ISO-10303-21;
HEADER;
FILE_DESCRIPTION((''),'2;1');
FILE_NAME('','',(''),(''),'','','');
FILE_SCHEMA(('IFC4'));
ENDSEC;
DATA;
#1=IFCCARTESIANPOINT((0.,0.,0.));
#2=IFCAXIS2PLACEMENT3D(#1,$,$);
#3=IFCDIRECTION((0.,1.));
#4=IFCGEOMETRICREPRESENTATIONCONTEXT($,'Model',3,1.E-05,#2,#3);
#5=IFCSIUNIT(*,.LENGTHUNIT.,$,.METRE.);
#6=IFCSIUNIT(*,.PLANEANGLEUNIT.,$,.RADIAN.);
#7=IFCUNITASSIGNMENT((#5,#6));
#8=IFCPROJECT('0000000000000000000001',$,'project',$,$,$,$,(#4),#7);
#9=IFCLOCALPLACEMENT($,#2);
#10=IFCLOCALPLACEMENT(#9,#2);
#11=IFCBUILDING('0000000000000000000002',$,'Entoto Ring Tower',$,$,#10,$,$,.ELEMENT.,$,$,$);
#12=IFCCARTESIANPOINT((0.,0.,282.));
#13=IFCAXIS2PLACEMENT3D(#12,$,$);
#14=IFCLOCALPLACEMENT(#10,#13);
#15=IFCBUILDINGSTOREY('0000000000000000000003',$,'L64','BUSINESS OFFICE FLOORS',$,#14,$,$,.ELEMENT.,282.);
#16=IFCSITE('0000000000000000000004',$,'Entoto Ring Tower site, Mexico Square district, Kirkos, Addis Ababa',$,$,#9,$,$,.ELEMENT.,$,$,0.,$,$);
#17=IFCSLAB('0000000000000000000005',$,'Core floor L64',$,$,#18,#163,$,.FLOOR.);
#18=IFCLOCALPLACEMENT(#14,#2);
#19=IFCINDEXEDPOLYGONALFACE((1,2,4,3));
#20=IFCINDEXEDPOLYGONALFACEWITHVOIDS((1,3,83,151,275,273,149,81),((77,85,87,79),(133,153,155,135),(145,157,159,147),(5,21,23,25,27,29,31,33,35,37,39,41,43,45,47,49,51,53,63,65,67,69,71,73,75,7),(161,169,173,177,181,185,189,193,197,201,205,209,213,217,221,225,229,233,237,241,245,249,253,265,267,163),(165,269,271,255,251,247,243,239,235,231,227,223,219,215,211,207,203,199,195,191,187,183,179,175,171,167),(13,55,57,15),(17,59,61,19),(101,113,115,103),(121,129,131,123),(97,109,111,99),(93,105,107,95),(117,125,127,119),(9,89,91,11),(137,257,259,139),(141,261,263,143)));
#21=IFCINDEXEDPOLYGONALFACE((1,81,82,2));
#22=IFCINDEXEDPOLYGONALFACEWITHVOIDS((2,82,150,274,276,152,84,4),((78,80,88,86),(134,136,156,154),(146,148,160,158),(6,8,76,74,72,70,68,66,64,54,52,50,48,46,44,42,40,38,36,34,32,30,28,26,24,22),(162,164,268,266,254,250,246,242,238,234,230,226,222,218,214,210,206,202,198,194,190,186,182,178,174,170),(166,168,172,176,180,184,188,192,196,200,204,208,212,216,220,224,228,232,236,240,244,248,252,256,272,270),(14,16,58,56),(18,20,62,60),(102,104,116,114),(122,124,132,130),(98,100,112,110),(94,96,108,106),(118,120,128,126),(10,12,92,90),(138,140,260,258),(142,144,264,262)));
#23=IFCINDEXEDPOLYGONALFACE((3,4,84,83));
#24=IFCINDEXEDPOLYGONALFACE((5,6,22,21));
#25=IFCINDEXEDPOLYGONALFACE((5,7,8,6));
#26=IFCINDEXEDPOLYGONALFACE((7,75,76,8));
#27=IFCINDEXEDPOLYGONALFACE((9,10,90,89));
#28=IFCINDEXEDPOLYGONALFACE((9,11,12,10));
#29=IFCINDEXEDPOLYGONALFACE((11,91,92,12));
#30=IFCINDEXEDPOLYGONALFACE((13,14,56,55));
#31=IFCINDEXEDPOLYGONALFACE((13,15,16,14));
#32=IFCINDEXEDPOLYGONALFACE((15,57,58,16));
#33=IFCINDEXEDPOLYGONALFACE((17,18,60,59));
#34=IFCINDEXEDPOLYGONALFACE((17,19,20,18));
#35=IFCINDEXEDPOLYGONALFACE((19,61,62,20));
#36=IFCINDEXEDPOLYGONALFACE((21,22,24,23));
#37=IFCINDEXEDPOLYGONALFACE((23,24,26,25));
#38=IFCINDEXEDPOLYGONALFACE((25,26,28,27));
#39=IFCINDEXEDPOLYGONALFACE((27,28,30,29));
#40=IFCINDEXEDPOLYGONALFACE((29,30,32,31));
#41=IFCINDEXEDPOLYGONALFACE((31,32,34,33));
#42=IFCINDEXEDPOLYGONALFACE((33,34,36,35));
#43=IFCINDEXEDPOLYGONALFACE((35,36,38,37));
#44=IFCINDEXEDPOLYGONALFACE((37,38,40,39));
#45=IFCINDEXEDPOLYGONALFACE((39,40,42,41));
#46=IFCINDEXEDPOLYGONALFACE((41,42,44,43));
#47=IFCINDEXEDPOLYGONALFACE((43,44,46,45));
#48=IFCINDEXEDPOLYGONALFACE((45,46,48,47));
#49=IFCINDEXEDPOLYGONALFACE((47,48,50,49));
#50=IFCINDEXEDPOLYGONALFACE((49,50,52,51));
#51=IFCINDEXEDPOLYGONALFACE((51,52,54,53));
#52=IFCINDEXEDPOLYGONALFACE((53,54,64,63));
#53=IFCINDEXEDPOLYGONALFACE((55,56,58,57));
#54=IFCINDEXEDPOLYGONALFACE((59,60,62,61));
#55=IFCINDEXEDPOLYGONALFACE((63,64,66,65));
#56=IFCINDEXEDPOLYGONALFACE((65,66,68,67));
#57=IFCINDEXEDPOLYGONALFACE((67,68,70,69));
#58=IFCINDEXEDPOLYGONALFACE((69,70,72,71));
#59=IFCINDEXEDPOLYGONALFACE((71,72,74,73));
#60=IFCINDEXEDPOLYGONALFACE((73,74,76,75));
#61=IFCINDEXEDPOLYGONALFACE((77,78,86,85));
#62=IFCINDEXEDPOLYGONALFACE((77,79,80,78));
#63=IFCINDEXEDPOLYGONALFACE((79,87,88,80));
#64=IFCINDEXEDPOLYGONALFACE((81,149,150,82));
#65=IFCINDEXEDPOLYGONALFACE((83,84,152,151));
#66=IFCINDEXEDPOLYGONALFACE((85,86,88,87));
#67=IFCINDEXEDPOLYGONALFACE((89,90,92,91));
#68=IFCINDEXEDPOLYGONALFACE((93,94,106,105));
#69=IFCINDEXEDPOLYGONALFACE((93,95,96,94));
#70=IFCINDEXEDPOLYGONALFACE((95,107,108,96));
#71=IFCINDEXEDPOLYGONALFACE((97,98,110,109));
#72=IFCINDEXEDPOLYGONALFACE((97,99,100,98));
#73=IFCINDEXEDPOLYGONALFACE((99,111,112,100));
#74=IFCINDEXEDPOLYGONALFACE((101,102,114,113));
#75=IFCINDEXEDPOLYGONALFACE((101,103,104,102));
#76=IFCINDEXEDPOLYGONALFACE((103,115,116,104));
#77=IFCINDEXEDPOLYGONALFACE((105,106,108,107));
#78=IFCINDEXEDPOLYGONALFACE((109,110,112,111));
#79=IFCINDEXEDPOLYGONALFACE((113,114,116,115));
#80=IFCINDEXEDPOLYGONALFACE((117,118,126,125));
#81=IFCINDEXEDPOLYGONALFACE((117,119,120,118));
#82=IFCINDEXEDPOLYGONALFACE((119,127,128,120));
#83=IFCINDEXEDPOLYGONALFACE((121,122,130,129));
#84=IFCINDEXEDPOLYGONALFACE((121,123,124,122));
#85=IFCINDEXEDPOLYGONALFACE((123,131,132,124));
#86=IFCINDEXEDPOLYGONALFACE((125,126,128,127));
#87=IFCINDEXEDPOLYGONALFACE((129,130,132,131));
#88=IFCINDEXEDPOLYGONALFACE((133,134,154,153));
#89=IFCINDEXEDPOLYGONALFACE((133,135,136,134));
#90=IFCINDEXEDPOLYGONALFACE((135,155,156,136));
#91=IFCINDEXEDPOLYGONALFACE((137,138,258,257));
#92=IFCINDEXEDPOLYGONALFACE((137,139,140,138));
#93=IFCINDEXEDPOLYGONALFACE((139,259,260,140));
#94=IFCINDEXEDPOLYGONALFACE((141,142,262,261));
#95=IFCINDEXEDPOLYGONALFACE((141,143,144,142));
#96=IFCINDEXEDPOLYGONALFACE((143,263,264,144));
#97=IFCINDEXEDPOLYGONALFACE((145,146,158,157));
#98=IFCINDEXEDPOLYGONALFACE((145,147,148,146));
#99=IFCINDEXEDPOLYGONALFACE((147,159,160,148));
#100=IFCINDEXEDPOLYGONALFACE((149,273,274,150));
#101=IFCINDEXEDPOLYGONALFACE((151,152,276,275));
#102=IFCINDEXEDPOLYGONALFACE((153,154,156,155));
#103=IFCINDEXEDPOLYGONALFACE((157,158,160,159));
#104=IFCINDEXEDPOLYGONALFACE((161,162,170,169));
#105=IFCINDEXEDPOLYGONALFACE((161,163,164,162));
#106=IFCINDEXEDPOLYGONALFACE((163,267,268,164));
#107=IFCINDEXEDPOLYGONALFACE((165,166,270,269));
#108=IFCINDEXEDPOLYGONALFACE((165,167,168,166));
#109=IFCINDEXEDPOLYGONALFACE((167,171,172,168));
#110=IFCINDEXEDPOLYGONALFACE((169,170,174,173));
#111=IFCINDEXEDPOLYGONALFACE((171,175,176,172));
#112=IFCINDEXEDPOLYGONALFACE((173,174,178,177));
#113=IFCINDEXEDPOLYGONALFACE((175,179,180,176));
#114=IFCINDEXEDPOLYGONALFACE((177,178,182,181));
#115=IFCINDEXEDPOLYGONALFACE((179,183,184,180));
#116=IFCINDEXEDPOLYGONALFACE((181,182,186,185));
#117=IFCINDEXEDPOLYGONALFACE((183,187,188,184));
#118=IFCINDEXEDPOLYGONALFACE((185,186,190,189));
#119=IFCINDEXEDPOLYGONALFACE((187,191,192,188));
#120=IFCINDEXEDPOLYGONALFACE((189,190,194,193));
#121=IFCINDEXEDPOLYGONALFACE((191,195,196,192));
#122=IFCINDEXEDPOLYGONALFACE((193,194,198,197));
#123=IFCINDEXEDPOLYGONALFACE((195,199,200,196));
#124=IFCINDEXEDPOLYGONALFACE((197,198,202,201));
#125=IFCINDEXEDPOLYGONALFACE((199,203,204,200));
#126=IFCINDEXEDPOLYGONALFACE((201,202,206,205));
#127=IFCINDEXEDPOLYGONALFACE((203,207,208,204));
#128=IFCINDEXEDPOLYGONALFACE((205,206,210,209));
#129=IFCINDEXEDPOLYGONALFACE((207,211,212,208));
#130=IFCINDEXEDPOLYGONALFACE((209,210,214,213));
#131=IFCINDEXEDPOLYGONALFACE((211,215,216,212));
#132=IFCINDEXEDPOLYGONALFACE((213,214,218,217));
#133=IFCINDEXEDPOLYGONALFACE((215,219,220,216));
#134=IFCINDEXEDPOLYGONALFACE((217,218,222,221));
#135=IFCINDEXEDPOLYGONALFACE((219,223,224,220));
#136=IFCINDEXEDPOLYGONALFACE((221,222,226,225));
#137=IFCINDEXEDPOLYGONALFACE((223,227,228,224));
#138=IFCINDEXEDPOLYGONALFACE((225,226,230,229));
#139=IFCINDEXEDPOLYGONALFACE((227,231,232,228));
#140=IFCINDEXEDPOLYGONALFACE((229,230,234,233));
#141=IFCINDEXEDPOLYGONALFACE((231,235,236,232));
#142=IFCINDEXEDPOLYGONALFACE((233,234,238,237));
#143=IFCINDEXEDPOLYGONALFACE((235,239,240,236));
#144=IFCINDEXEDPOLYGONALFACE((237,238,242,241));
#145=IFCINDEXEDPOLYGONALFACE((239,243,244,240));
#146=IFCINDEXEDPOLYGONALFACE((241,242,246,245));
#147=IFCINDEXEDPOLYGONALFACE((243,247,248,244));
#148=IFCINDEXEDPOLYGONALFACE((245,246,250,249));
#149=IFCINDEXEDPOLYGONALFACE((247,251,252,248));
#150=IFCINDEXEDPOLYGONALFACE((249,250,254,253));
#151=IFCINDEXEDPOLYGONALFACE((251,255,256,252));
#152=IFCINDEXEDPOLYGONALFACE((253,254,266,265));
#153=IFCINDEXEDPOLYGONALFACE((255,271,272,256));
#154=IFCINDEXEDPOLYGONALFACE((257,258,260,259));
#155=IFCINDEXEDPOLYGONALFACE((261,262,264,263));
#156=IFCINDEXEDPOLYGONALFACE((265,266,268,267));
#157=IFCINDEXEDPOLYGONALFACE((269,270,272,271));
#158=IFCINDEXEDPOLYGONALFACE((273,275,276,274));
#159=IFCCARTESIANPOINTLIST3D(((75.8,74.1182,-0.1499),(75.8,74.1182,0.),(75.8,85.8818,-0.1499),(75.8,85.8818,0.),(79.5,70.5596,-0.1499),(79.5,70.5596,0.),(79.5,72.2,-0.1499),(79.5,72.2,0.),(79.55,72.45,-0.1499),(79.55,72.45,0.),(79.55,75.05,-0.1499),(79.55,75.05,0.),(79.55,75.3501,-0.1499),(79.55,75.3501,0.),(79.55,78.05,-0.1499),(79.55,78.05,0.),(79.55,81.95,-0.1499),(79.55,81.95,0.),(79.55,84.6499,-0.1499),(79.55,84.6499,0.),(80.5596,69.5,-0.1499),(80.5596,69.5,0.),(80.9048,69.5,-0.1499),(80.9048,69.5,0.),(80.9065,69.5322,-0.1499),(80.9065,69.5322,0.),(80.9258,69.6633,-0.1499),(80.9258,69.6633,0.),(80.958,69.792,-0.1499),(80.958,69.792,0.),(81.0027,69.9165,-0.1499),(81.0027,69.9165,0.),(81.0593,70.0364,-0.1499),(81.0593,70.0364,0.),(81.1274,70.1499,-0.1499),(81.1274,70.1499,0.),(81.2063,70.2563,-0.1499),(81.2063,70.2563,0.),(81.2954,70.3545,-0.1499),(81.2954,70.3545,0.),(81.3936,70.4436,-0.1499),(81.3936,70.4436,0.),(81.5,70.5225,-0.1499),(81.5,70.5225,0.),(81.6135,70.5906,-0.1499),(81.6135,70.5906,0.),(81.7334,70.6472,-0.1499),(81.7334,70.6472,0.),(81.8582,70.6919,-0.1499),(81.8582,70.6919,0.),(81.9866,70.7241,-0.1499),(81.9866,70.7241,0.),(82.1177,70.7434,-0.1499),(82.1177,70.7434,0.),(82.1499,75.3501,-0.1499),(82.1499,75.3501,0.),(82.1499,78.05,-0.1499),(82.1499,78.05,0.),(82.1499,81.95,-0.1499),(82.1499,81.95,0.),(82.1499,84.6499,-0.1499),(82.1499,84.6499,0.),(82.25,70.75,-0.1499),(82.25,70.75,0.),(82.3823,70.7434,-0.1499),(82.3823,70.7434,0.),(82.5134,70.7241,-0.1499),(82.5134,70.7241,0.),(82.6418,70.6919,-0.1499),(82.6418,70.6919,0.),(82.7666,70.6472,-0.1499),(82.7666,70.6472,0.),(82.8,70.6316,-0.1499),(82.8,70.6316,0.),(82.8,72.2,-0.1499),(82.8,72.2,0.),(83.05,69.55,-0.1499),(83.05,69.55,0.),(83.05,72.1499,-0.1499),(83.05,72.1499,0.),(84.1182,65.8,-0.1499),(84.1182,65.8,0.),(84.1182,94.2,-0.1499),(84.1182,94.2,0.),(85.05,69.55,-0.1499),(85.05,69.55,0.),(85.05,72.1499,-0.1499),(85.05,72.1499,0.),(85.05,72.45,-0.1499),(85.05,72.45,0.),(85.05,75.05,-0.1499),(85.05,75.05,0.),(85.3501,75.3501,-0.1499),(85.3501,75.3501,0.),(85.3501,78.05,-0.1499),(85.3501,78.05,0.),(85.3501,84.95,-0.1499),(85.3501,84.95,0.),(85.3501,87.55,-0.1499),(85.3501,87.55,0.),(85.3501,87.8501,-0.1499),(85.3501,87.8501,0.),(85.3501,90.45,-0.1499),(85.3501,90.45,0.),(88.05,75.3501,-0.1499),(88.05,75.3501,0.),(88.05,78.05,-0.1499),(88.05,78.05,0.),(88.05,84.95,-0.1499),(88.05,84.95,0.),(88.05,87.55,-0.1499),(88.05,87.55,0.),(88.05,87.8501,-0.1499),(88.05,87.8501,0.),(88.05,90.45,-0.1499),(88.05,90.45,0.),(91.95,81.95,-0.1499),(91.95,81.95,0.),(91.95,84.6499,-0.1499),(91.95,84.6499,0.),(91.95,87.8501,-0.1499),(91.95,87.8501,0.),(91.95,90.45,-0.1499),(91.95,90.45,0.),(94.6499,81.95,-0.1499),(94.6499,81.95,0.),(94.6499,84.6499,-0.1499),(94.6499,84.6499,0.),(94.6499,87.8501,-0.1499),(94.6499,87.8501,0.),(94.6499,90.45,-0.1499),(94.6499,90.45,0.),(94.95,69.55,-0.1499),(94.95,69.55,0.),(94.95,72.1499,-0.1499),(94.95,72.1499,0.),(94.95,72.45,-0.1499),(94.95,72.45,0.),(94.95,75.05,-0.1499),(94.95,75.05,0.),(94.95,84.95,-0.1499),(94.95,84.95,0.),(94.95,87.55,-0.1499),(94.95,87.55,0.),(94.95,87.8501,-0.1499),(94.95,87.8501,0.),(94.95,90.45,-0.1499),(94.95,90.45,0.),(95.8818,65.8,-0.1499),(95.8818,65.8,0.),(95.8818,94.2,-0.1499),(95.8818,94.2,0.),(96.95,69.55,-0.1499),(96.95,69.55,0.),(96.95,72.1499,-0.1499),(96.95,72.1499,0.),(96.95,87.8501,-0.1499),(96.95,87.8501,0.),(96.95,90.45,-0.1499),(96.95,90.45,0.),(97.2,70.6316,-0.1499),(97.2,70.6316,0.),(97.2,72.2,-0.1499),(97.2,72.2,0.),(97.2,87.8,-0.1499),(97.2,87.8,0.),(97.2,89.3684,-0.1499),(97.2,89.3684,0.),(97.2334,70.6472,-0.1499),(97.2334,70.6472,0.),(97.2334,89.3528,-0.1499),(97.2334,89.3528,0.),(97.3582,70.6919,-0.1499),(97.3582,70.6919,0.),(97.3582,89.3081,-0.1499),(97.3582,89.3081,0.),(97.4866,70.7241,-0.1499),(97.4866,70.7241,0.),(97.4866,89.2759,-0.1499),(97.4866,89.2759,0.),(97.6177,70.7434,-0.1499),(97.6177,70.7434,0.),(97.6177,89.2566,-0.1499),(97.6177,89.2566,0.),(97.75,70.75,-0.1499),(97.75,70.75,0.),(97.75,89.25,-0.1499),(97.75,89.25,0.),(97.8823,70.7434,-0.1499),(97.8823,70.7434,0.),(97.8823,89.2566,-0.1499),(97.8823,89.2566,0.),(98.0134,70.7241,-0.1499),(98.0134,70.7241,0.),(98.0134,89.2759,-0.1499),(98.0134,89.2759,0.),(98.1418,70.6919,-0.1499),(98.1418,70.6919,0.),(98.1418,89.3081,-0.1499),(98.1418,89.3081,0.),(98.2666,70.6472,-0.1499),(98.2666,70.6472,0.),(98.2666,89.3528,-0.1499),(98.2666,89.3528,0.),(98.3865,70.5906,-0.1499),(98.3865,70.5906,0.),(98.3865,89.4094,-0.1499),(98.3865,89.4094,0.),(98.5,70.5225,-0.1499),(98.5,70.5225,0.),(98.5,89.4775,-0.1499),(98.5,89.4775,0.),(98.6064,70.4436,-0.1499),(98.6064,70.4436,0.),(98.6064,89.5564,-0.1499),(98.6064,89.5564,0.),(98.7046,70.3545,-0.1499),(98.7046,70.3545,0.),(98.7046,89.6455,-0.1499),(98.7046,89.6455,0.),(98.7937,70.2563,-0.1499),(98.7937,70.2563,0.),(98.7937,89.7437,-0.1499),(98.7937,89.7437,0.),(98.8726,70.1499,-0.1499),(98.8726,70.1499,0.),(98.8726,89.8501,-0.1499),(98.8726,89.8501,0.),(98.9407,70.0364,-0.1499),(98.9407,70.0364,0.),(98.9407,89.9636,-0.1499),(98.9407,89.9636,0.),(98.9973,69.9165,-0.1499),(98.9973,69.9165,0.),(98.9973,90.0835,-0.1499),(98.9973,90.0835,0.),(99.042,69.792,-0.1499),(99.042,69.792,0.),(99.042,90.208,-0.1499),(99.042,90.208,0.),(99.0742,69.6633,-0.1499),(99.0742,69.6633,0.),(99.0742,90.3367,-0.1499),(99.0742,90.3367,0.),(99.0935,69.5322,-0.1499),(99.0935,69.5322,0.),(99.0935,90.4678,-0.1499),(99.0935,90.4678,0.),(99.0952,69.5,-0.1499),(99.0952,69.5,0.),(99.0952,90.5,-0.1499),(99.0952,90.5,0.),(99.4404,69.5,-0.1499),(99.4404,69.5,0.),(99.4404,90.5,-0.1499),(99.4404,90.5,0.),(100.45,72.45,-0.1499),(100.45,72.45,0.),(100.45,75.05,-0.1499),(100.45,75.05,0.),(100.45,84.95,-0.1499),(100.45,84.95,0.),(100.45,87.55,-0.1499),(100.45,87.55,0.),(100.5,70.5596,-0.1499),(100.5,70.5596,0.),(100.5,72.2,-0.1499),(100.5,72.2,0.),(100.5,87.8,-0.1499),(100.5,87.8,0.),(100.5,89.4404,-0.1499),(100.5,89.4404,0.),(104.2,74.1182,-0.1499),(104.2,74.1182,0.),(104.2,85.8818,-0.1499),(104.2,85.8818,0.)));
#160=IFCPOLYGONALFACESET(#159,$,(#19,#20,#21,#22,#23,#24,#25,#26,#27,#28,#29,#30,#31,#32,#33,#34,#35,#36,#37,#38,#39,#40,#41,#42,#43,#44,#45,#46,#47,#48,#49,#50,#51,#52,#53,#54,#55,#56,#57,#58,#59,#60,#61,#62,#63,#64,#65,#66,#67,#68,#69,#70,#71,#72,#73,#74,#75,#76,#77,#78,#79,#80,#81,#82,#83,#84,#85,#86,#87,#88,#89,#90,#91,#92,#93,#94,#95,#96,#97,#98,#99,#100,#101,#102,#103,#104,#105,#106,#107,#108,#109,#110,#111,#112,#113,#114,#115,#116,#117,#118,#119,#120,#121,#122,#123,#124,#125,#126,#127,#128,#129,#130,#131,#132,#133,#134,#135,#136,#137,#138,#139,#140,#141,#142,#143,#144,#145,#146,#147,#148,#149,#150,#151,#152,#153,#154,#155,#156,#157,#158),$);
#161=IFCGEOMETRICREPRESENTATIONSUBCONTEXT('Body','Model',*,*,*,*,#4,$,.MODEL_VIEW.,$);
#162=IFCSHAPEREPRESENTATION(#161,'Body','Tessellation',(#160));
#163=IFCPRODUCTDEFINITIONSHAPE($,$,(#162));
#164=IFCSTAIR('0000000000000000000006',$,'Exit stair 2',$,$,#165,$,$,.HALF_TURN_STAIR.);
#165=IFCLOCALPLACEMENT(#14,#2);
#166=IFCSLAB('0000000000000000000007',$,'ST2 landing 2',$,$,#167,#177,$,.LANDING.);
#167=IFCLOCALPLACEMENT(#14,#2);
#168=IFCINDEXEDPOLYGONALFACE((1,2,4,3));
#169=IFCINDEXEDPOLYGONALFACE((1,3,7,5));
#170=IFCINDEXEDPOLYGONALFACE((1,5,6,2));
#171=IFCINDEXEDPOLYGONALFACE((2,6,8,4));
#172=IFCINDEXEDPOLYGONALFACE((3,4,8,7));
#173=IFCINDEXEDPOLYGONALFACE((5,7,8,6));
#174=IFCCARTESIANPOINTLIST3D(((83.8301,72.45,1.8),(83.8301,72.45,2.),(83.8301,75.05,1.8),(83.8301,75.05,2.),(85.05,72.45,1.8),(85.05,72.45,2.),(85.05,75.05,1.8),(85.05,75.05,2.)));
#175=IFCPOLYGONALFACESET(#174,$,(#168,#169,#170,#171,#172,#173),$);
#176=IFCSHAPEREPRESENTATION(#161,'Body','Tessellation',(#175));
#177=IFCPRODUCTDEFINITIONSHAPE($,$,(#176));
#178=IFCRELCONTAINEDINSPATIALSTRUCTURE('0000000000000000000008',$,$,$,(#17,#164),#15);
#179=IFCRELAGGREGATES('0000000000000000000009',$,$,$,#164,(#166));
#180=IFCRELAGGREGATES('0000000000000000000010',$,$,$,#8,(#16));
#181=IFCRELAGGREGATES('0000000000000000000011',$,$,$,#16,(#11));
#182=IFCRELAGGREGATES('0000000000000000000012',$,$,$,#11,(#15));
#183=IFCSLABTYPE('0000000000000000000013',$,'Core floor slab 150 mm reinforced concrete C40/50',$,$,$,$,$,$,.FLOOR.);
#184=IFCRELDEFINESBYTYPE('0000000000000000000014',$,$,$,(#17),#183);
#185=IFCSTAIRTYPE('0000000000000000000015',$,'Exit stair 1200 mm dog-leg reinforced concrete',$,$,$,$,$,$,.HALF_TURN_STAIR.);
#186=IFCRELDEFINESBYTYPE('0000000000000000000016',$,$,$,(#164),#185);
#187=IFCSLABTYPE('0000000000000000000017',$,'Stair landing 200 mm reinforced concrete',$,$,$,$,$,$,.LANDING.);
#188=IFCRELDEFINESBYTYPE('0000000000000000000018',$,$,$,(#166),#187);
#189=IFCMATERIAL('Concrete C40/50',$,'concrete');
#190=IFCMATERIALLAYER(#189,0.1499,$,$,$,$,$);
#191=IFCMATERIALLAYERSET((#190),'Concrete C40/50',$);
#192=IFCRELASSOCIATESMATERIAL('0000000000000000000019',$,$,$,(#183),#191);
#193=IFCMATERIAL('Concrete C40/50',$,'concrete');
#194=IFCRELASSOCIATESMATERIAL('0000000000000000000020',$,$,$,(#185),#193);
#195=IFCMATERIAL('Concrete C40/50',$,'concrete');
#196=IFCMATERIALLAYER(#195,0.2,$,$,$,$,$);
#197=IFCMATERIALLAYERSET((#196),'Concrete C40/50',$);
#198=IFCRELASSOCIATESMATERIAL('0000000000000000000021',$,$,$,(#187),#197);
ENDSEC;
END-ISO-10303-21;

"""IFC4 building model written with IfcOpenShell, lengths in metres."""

from ifc_helpers import new_model, si_unit, direction, frame, origin, place, context, subcontext, project, spatial, polyline, outline, extrude, material, layer, layer_set, type_object, element, aggregate, save


model = new_model("IFC4")

# Units and contexts
model_context = context("Model", 3, precision=1e-05, world=origin(), true_north=direction((0.0, 1.0)))
body_context = subcontext(model_context, "Body", "Model", "MODEL_VIEW")
ifc_project = project(units=[si_unit("LENGTHUNIT", "METRE"), si_unit("PLANEANGLEUNIT", "RADIAN")], contexts=[model_context])

# Site, building, storey
site_placement = place(None, origin())
site = spatial("IfcSite", under=ifc_project, at=site_placement, Name="Entoto Ring Tower site, Mexico Square district, Kirkos, Addis Ababa", CompositionType="ELEMENT", RefElevation=0.0)
building_placement = place(site_placement, origin())
building = spatial("IfcBuilding", under=site, at=building_placement, Name="Entoto Ring Tower", CompositionType="ELEMENT")
storey_placement = place(building_placement, frame((0.0, 0.0, 282.0)))
storey = spatial("IfcBuildingStorey", under=building, at=storey_placement, Name="L64", Description="BUSINESS OFFICE FLOORS", CompositionType="ELEMENT", Elevation=282.0)

# Slab
ifc_material_1 = material(Name="Concrete C40/50", Category="concrete")
ifc_layer_1 = layer(ifc_material_1, 0.1499)
ifc_layer_set_1 = layer_set([ifc_layer_1], Name="Concrete C40/50")
slab_type_1 = type_object("IfcSlabType", Name="Core floor slab 150 mm reinforced concrete C40/50", PredefinedType="FLOOR", material=ifc_layer_set_1)
slab_1_placement = place(storey_placement, frame((0.0, 0.0, -0.1499)))
element("IfcSlab", 1, at=slab_1_placement, inside=storey, type_object=slab_type_1, Name="Core floor L64", PredefinedType="FLOOR", context=body_context, shape_type="SweptSolid", body=[
    extrude(outline(polyline([(104.2, 74.1182), (104.2, 85.8818), (95.8818, 94.2), (84.1182, 94.2), (75.8, 85.8818), (75.8, 74.1182), (84.1182, 65.8), (95.8818, 65.8), (104.2, 74.1182)]), holes=[polyline([(100.45, 84.95), (100.45, 87.55), (94.95, 87.55), (94.95, 84.95), (100.45, 84.95)]), polyline([(85.05, 72.45), (85.05, 75.05), (79.55, 75.05), (79.55, 72.45), (85.05, 72.45)]), polyline([(100.45, 72.45), (100.45, 75.05), (94.95, 75.05), (94.95, 72.45), (100.45, 72.45)]), polyline([(94.95, 90.45), (94.95, 87.8501), (96.95, 87.8501), (96.95, 90.45), (94.95, 90.45)]), polyline([(94.95, 72.1499), (94.95, 69.55), (96.95, 69.55), (96.95, 72.1499), (94.95, 72.1499)]), polyline([(83.05, 72.1499), (83.05, 69.55), (85.05, 69.55), (85.05, 72.1499), (83.05, 72.1499)]), polyline([(79.55, 81.95), (82.1499, 81.95), (82.1499, 84.6499), (79.55, 84.6499), (79.55, 81.95)]), polyline([(79.55, 75.3501), (82.1499, 75.3501), (82.1499, 78.05), (79.55, 78.05), (79.55, 75.3501)]), polyline([(91.95, 87.8501), (94.6499, 87.8501), (94.6499, 90.45), (91.95, 90.45), (91.95, 87.8501)]), polyline([(91.95, 81.95), (94.6499, 81.95), (94.6499, 84.6499), (91.95, 84.6499), (91.95, 81.95)]), polyline([(85.3501, 75.3501), (88.05, 75.3501), (88.05, 78.05), (85.3501, 78.05), (85.3501, 75.3501)]), polyline([(85.3501, 84.95), (88.05, 84.95), (88.05, 87.55), (85.3501, 87.55), (85.3501, 84.95)]), polyline([(85.3501, 87.8501), (88.05, 87.8501), (88.05, 90.45), (85.3501, 90.45), (85.3501, 87.8501)]), polyline([(97.2, 89.3684), (97.2, 87.8), (100.5, 87.8), (100.5, 89.4404), (99.4404, 90.5), (99.0952, 90.5), (99.0935, 90.4678), (99.0742, 90.3367), (99.042, 90.208), (98.9973, 90.0835), (98.9407, 89.9636), (98.8726, 89.8501), (98.7937, 89.7437), (98.7046, 89.6455), (98.6064, 89.5564), (98.5, 89.4775), (98.3865, 89.4094), (98.2666, 89.3528), (98.1418, 89.3081), (98.0134, 89.2759), (97.8823, 89.2566), (97.75, 89.25), (97.6177, 89.2566), (97.4866, 89.2759), (97.3582, 89.3081), (97.2334, 89.3528), (97.2, 89.3684)]), polyline([(80.5596, 69.5), (80.9048, 69.5), (80.9065, 69.5322), (80.9258, 69.6633), (80.958, 69.792), (81.0027, 69.9165), (81.0593, 70.0364), (81.1274, 70.1499), (81.2063, 70.2563), (81.2954, 70.3545), (81.3936, 70.4436), (81.5, 70.5225), (81.6135, 70.5906), (81.7334, 70.6472), (81.8582, 70.6919), (81.9866, 70.7241), (82.1177, 70.7434), (82.25, 70.75), (82.3823, 70.7434), (82.5134, 70.7241), (82.6418, 70.6919), (82.7666, 70.6472), (82.8, 70.6316), (82.8, 72.2), (79.5, 72.2), (79.5, 70.5596), (80.5596, 69.5)]), polyline([(99.0952, 69.5), (99.4404, 69.5), (100.5, 70.5596), (100.5, 72.2), (97.2, 72.2), (97.2, 70.6316), (97.2334, 70.6472), (97.3582, 70.6919), (97.4866, 70.7241), (97.6177, 70.7434), (97.75, 70.75), (97.8823, 70.7434), (98.0134, 70.7241), (98.1418, 70.6919), (98.2666, 70.6472), (98.3865, 70.5906), (98.5, 70.5225), (98.6064, 70.4436), (98.7046, 70.3545), (98.7937, 70.2563), (98.8726, 70.1499), (98.9407, 70.0364), (98.9973, 69.9165), (99.042, 69.792), (99.0742, 69.6633), (99.0935, 69.5322), (99.0952, 69.5)])]), origin(), (0.0, 0.0, 1.0), 0.1499),
])

# Stair, slab
ifc_material_2 = material(Name="Concrete C40/50", Category="concrete")
stair_type = type_object("IfcStairType", Name="Exit stair 1200 mm dog-leg reinforced concrete", PredefinedType="HALF_TURN_STAIR", material=ifc_material_2)
stair_1_placement = place(storey_placement, origin())
stair_1 = element("IfcStair", 2, at=stair_1_placement, inside=storey, type_object=stair_type, Name="Exit stair 2", PredefinedType="HALF_TURN_STAIR")
ifc_material_3 = material(Name="Concrete C40/50", Category="concrete")
ifc_layer_2 = layer(ifc_material_3, 0.2)
ifc_layer_set_2 = layer_set([ifc_layer_2], Name="Concrete C40/50")
slab_type_2 = type_object("IfcSlabType", Name="Stair landing 200 mm reinforced concrete", PredefinedType="LANDING", material=ifc_layer_set_2)
slab_2_placement = place(storey_placement, frame((0.0, 0.0, 1.8)))
slab_2 = element("IfcSlab", 3, at=slab_2_placement, type_object=slab_type_2, Name="ST2 landing 2", PredefinedType="LANDING", context=body_context, shape_type="SweptSolid", body=[
    extrude(outline(polyline([(83.8301, 72.45), (85.05, 72.45), (85.05, 75.05), (83.8301, 75.05), (83.8301, 72.45)])), origin(), (0.0, 0.0, 1.0), 0.2),
])
aggregate(stair_1, [slab_2])

save(model, "model.ifc")
